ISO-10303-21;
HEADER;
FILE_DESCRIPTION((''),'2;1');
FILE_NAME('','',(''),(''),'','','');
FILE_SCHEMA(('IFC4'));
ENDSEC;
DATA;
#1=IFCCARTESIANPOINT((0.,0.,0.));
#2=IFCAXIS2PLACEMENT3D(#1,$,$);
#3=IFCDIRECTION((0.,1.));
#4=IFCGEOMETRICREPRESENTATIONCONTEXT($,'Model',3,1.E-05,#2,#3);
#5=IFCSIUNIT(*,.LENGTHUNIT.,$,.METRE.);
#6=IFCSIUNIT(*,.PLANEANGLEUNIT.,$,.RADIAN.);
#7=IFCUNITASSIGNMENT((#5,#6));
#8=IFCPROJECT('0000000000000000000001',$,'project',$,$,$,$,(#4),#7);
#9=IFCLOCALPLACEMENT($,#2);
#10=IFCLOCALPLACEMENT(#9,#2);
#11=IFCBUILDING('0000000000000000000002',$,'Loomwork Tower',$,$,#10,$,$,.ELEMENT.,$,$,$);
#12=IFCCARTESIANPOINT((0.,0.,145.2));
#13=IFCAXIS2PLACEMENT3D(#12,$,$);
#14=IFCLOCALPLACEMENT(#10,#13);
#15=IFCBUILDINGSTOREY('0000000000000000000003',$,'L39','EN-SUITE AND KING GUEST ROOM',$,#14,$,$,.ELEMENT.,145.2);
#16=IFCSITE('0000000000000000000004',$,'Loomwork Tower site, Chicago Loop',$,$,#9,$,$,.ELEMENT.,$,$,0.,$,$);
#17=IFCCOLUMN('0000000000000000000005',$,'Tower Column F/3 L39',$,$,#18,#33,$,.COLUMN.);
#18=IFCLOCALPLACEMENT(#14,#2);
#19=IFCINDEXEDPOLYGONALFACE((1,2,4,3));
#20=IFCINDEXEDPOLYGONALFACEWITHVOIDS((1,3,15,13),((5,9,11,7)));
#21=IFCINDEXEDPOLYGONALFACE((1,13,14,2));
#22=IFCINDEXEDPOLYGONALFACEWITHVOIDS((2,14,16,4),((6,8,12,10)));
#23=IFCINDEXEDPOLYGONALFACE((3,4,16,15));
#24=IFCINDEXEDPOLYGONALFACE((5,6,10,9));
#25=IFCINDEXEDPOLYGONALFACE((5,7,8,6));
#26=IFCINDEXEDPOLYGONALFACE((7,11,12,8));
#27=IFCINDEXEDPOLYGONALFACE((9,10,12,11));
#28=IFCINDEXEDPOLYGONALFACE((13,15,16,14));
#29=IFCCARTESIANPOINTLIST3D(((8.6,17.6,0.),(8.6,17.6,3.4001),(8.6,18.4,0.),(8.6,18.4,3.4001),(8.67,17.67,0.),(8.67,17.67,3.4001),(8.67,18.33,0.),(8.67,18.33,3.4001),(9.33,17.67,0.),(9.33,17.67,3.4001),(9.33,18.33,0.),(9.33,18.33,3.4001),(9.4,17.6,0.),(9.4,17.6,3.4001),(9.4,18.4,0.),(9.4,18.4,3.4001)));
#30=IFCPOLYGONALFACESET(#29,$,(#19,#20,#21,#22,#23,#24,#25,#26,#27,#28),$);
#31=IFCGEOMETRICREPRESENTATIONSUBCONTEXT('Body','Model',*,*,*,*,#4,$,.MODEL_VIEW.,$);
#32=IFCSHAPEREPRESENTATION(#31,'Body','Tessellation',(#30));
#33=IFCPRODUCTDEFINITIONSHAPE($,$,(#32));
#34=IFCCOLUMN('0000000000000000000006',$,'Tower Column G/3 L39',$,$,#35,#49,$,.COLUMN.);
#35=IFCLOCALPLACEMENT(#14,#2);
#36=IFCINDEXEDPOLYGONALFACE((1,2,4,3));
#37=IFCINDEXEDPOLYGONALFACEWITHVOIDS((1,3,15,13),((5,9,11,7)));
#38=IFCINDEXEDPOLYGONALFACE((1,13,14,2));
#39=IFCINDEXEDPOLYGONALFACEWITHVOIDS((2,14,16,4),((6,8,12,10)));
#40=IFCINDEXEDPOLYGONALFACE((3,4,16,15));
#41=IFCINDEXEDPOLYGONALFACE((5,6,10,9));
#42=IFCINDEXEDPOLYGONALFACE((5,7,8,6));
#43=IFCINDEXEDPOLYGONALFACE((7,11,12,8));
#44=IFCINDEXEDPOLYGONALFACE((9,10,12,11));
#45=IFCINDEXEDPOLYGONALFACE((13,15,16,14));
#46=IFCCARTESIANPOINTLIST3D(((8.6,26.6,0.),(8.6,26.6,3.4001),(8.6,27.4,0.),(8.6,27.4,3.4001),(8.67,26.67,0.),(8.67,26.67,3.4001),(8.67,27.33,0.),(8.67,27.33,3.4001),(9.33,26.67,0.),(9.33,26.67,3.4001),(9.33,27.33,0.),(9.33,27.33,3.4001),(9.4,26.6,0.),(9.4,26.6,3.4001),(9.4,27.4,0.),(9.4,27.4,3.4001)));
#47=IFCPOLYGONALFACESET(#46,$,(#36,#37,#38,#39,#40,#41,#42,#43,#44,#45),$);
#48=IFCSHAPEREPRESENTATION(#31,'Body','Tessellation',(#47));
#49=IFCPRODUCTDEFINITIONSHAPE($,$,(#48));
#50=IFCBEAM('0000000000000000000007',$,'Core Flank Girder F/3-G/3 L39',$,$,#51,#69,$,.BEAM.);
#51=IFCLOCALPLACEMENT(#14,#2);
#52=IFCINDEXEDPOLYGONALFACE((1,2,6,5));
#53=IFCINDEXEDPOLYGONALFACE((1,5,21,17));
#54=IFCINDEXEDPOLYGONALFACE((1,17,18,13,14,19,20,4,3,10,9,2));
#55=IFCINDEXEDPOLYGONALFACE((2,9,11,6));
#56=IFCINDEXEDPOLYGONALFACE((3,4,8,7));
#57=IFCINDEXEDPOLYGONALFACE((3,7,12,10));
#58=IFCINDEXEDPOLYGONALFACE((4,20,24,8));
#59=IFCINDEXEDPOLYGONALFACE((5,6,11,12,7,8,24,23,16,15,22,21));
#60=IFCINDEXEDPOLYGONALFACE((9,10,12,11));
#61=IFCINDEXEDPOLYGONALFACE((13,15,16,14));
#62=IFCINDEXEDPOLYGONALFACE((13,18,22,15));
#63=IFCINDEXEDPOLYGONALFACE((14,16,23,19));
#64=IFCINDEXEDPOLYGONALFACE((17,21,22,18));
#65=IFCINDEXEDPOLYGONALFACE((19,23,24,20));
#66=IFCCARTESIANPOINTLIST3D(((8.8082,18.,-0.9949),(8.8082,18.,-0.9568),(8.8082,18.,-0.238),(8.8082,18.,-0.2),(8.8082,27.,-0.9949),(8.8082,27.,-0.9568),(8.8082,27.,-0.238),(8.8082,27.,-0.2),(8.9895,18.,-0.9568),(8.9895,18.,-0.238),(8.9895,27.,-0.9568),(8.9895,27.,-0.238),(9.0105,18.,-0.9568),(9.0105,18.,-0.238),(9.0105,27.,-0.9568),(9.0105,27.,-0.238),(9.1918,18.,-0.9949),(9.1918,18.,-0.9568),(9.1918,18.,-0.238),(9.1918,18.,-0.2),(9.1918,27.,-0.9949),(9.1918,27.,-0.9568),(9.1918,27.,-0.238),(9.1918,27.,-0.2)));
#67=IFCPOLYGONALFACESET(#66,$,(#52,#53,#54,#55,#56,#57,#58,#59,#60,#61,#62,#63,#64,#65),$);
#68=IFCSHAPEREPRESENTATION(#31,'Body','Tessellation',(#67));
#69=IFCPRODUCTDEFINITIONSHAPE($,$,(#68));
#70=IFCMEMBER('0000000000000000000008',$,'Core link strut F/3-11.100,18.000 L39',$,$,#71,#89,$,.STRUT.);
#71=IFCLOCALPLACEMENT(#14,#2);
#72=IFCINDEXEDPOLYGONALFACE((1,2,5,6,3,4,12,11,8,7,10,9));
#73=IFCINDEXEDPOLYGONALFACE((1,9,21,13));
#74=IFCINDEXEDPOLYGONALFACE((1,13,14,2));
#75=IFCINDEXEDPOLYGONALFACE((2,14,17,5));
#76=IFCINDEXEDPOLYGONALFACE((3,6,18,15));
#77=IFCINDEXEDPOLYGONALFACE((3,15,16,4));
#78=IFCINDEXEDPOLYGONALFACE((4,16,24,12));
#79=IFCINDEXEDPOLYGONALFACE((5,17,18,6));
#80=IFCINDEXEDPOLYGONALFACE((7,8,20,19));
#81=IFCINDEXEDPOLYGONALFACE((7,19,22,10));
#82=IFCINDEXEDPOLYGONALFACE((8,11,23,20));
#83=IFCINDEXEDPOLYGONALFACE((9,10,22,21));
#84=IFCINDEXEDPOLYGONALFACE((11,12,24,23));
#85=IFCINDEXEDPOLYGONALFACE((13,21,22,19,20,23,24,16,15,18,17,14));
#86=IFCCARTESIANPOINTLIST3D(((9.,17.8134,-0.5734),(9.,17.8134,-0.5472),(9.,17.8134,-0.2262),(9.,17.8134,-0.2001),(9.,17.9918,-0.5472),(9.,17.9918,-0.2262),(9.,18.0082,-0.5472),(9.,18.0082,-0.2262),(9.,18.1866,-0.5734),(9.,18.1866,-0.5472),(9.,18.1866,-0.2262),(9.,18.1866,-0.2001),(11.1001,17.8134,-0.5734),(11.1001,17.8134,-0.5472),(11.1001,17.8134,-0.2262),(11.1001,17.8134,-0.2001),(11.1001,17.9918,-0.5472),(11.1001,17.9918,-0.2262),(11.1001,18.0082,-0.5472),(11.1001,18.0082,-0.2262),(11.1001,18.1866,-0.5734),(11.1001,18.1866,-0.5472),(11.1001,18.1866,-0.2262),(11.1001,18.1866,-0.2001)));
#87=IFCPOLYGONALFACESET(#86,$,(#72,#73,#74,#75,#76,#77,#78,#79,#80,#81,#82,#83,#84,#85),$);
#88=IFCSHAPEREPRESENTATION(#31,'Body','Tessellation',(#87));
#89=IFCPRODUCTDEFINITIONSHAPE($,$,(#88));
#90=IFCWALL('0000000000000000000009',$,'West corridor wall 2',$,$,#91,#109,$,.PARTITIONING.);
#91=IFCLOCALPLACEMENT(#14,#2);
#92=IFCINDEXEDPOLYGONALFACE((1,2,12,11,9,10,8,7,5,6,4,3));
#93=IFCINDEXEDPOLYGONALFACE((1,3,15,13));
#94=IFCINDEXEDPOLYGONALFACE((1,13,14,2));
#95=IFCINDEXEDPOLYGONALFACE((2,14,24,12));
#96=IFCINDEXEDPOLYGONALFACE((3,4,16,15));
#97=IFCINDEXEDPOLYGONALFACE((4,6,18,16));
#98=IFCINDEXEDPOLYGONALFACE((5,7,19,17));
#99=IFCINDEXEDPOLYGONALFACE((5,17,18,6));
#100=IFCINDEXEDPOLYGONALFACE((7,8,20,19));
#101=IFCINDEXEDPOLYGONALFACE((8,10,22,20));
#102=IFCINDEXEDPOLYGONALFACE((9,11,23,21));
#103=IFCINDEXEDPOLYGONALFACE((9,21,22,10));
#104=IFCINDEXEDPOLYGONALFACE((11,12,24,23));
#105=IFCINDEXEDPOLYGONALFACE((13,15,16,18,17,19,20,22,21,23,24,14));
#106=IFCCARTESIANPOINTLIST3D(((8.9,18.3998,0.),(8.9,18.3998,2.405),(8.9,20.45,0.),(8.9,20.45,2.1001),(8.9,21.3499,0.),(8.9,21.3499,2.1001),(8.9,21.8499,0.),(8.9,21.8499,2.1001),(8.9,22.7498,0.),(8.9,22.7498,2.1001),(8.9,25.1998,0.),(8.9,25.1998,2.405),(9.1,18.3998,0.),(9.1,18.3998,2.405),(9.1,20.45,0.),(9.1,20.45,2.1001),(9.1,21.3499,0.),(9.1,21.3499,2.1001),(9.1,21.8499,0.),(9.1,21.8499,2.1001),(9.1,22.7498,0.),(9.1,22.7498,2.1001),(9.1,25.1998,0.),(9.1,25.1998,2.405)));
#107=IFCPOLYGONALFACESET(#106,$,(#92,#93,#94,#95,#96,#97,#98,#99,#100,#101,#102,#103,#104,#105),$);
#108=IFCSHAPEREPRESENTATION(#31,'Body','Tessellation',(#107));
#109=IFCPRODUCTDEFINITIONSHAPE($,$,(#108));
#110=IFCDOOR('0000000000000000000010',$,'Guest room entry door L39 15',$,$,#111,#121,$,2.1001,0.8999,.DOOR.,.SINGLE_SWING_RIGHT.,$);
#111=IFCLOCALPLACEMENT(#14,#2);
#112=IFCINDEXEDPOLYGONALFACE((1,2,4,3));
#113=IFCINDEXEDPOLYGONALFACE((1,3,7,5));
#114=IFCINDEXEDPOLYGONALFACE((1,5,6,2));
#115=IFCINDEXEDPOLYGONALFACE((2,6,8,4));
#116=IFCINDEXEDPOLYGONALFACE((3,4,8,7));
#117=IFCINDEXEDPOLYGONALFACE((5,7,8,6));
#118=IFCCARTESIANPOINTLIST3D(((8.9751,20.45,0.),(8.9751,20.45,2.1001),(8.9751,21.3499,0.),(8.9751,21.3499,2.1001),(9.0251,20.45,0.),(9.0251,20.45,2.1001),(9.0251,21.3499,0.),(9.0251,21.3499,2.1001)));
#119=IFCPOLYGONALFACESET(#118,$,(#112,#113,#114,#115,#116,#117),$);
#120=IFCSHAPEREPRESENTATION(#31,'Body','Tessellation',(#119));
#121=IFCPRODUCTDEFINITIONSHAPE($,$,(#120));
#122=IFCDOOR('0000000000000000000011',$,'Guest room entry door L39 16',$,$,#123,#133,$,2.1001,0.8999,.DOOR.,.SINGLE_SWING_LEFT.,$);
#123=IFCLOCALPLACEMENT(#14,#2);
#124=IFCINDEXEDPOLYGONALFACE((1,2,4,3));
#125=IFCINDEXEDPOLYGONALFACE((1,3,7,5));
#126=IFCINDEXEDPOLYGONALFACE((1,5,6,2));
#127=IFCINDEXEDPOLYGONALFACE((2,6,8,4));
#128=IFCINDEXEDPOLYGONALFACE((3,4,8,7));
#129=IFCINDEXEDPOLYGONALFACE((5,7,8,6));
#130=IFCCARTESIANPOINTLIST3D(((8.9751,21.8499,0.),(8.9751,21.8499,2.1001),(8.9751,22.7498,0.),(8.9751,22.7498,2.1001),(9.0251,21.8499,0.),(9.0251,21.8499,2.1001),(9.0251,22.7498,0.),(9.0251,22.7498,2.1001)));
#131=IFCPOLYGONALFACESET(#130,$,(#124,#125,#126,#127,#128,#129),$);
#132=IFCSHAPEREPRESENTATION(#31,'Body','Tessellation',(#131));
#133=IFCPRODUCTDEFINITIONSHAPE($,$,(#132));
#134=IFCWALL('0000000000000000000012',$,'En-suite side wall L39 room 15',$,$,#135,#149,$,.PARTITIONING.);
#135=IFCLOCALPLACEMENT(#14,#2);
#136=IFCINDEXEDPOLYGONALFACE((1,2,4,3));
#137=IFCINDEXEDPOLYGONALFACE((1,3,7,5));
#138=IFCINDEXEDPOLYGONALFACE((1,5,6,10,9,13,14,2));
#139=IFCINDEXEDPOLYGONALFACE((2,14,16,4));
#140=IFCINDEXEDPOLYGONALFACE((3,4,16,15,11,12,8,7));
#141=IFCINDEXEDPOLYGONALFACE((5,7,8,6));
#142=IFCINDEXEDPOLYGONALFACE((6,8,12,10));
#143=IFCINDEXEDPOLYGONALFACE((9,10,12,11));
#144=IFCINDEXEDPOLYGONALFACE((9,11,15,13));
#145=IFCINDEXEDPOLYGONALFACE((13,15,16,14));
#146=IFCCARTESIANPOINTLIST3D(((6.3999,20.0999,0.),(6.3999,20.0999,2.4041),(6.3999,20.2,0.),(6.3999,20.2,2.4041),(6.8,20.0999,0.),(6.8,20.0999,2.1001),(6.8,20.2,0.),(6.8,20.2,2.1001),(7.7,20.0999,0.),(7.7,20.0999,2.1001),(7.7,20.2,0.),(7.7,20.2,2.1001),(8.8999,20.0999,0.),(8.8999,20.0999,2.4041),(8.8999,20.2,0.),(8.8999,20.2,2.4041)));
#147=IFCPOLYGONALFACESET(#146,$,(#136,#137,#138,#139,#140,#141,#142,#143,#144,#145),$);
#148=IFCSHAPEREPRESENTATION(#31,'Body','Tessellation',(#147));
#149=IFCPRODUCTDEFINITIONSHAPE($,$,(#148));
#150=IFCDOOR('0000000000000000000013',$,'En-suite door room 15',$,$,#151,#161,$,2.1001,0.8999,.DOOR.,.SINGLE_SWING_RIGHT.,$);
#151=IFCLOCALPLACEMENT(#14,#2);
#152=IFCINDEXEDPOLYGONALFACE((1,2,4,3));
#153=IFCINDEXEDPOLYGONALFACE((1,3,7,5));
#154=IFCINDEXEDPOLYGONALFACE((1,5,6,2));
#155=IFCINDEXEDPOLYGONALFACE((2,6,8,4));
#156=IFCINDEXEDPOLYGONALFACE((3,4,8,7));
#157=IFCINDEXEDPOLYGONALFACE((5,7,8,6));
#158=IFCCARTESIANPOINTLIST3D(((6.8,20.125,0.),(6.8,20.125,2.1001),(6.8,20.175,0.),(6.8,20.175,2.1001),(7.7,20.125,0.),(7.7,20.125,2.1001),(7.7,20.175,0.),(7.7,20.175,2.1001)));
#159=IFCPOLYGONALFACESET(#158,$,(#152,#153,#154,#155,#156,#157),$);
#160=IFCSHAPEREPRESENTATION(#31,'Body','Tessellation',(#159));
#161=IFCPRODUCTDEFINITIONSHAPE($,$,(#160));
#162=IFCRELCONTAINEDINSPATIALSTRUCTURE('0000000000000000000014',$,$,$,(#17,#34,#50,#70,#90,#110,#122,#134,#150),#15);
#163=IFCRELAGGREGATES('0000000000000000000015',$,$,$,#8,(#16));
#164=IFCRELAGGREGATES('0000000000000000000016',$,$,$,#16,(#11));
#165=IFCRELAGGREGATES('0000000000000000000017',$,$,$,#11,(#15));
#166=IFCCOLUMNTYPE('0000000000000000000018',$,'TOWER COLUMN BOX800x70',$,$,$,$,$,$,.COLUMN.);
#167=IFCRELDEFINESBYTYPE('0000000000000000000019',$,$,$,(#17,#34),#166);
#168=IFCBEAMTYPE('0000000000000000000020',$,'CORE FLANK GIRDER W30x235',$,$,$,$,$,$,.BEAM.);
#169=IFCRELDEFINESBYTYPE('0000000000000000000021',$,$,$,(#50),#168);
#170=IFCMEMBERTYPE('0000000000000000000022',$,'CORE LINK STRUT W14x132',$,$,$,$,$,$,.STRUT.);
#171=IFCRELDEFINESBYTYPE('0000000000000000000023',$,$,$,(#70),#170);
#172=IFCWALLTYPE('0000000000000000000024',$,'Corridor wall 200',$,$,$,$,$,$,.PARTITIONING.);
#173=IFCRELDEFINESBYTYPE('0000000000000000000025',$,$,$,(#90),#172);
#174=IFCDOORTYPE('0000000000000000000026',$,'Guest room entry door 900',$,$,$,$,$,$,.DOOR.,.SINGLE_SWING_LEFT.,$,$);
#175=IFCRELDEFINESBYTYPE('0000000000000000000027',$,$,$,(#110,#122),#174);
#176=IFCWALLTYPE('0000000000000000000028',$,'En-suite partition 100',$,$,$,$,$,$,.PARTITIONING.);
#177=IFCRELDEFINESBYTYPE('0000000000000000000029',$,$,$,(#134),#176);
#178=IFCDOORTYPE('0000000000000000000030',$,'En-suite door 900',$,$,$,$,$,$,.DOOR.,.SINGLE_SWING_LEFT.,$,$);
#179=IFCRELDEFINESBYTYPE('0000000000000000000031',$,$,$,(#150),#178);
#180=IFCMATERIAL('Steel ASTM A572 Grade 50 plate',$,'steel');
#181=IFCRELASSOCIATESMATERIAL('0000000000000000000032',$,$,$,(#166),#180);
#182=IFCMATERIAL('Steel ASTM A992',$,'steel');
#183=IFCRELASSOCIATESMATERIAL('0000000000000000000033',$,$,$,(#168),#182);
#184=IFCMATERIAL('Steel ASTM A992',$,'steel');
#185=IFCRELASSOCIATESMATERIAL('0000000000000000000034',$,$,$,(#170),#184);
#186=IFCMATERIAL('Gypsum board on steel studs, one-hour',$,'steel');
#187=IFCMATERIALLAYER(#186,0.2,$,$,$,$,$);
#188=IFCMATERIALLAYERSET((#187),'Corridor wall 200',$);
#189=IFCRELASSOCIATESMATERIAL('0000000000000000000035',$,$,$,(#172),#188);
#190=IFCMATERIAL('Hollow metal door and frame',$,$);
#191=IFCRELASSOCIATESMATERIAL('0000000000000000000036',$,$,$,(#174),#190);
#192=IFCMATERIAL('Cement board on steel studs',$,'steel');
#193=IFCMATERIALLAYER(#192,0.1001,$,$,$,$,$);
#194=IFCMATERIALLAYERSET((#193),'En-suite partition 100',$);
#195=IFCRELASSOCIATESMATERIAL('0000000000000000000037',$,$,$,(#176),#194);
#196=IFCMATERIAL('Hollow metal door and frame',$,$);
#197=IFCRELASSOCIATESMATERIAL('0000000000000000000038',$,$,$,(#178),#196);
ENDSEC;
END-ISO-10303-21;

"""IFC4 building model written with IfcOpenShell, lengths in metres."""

from ifc_helpers import new_model, si_unit, direction, frame, frame_2d, origin, origin_2d, place, context, subcontext, project, spatial, rectangle, hollow_rectangle, i_section, extrude, material, layer, layer_set, material_profile, profile_set, type_object, element, fill, save


model = new_model("IFC4")

# Units and contexts
model_context = context("Model", 3, precision=1e-05, world=origin(), true_north=direction((0.0, 1.0)))
body_context = subcontext(model_context, "Body", "Model", "MODEL_VIEW")
ifc_project = project(units=[si_unit("LENGTHUNIT", "METRE"), si_unit("PLANEANGLEUNIT", "RADIAN")], contexts=[model_context])

# Site, building, storey
site_placement = place(None, origin())
site = spatial("IfcSite", under=ifc_project, at=site_placement, Name="Loomwork Tower site, Chicago Loop", CompositionType="ELEMENT", RefElevation=0.0)
building_placement = place(site_placement, origin())
building = spatial("IfcBuilding", under=site, at=building_placement, Name="Loomwork Tower", CompositionType="ELEMENT")
storey_placement = place(building_placement, frame((0.0, 0.0, 145.2)))
storey = spatial("IfcBuildingStorey", under=building, at=storey_placement, Name="L39", Description="EN-SUITE AND KING GUEST ROOM", CompositionType="ELEMENT", Elevation=145.2)

# Columns
ifc_material_1 = material(Name="Steel ASTM A572 Grade 50 plate", Category="steel")
ifc_material_profile_1 = material_profile(ifc_material_1, hollow_rectangle(XDim=0.8, YDim=0.8, WallThickness=0.0701, at=origin_2d()), Name="BOX800x70")
ifc_profile_set_1 = profile_set([ifc_material_profile_1], Name="Steel ASTM A572 Grade 50 plate")
column_type = type_object("IfcColumnType", Name="TOWER COLUMN BOX800x70", PredefinedType="COLUMN", material=ifc_profile_set_1)
for number, where, z_axis, x_axis, name in (
    (1, (9.0, 18.0, 0.0), (0.0, 0.0, 1.0), (1.0, 0.0, 0.0), "Tower Column F/3 L39"),
    (2, (9.0, 27.0, 0.0), (0.0, 0.0, 1.0), (1.0, 0.0, 0.0), "Tower Column G/3 L39"),
):
    element("IfcColumn", number, at=place(storey_placement, frame(where, z_axis=z_axis, x_axis=x_axis)), inside=storey, type_object=column_type, Name=name, PredefinedType="COLUMN", context=body_context, shape_type="SweptSolid", body=[
        extrude(hollow_rectangle(XDim=0.8, YDim=0.8, WallThickness=0.0701, at=origin_2d()), origin(), (0.0, 0.0, 1.0), 3.4001),
    ])

# Beam
ifc_material_2 = material(Name="Steel ASTM A992", Category="steel")
ifc_material_profile_2 = material_profile(ifc_material_2, i_section(OverallWidth=0.3835, OverallDepth=0.7949, WebThickness=0.021, FlangeThickness=0.0381, at=origin_2d()), Name="W30x235")
ifc_profile_set_2 = profile_set([ifc_material_profile_2], Name="Steel ASTM A992")
beam_type = type_object("IfcBeamType", Name="CORE FLANK GIRDER W30x235", PredefinedType="BEAM", material=ifc_profile_set_2)
beam_placement = place(storey_placement, frame((9.0, 18.0, -0.5974), z_axis=(0.0, 1.0, 0.0), x_axis=(-1.0, 0.0, 0.0)))
element("IfcBeam", 3, at=beam_placement, inside=storey, type_object=beam_type, Name="Core Flank Girder F/3-G/3 L39", PredefinedType="BEAM", context=body_context, shape_type="SweptSolid", body=[
    extrude(i_section(OverallWidth=0.3835, OverallDepth=0.7949, WebThickness=0.021, FlangeThickness=0.0381, at=origin_2d()), origin(), (0.0, 0.0, 1.0), 9.0),
])

# Member
ifc_material_3 = material(Name="Steel ASTM A992", Category="steel")
ifc_material_profile_3 = material_profile(ifc_material_3, i_section(OverallWidth=0.3733, OverallDepth=0.3733, WebThickness=0.0164, FlangeThickness=0.0261, at=origin_2d()), Name="W14x132")
ifc_profile_set_3 = profile_set([ifc_material_profile_3], Name="Steel ASTM A992")
member_type = type_object("IfcMemberType", Name="CORE LINK STRUT W14x132", PredefinedType="STRUT", material=ifc_profile_set_3)
member_placement = place(storey_placement, frame((9.0, 18.0, -0.3867), z_axis=(1.0, 0.0, 0.0), x_axis=(0.0, 1.0, 0.0)))
element("IfcMember", 4, at=member_placement, inside=storey, type_object=member_type, Name="Core link strut F/3-11.100,18.000 L39", PredefinedType="STRUT", context=body_context, shape_type="SweptSolid", body=[
    extrude(i_section(OverallWidth=0.3733, OverallDepth=0.3733, WebThickness=0.0164, FlangeThickness=0.0261, at=origin_2d()), origin(), (0.0, 0.0, 1.0), 2.1001),
])

# Wall, openings, doors
ifc_material_4 = material(Name="Gypsum board on steel studs, one-hour", Category="steel")
ifc_layer_1 = layer(ifc_material_4, 0.2)
ifc_layer_set_1 = layer_set([ifc_layer_1], Name="Corridor wall 200")
wall_type_1 = type_object("IfcWallType", Name="Corridor wall 200", PredefinedType="PARTITIONING", material=ifc_layer_set_1)
wall_1_placement = place(storey_placement, frame((9.0, 18.3999, 0.0), z_axis=(0.0, 0.0, 1.0), x_axis=(0.0, 1.0, 0.0)))
wall_1 = element("IfcWall", 5, at=wall_1_placement, inside=storey, type_object=wall_type_1, Name="West corridor wall 2", PredefinedType="PARTITIONING", context=body_context, shape_type="SweptSolid", body=[
    extrude(rectangle(XDim=6.8, YDim=0.2, at=frame_2d((3.3999, 0.0))), origin(), (0.0, 0.0, 1.0), 2.405),
])
opening_1_placement = place(wall_1_placement, frame((2.05, 0.0, 0.0)))
opening_1 = element("IfcOpeningElement", 6, at=opening_1_placement, cuts=wall_1, PredefinedType="OPENING", context=body_context, shape_type="SweptSolid", body=[
    extrude(rectangle(XDim=0.8999, YDim=2.1001, at=frame_2d((0.45, 1.05))), frame((0.0, 0.1099, 0.0), z_axis=(0.0, -1.0, 0.0), x_axis=(1.0, 0.0, 0.0)), (0.0, 0.0, 1.0), 0.22),
])
opening_2_placement = place(wall_1_placement, frame((3.45, 0.0, 0.0)))
opening_2 = element("IfcOpeningElement", 7, at=opening_2_placement, cuts=wall_1, PredefinedType="OPENING", context=body_context, shape_type="SweptSolid", body=[
    extrude(rectangle(XDim=0.8999, YDim=2.1001, at=frame_2d((0.45, 1.05))), frame((0.0, 0.1099, 0.0), z_axis=(0.0, -1.0, 0.0), x_axis=(1.0, 0.0, 0.0)), (0.0, 0.0, 1.0), 0.22),
])
ifc_material_5 = material(Name="Hollow metal door and frame")
door_type_1 = type_object("IfcDoorType", Name="Guest room entry door 900", OperationType="SINGLE_SWING_LEFT", PredefinedType="DOOR", material=ifc_material_5)
door_1_placement = place(opening_1_placement, origin())
door_1 = element("IfcDoor", 8, at=door_1_placement, inside=storey, type_object=door_type_1, Name="Guest room entry door L39 15", OperationType="SINGLE_SWING_RIGHT", OverallHeight=2.1001, OverallWidth=0.8999, PredefinedType="DOOR", context=body_context, shape_type="SweptSolid", body=[
    extrude(rectangle(XDim=0.8999, YDim=2.1001, at=frame_2d((0.45, 1.05))), frame((0.0, 0.0249, 0.0), z_axis=(0.0, -1.0, 0.0), x_axis=(1.0, 0.0, 0.0)), (0.0, 0.0, 1.0), 0.05),
])
fill(opening_1, door_1)
door_2_placement = place(opening_2_placement, origin())
door_2 = element("IfcDoor", 9, at=door_2_placement, inside=storey, type_object=door_type_1, Name="Guest room entry door L39 16", OperationType="SINGLE_SWING_LEFT", OverallHeight=2.1001, OverallWidth=0.8999, PredefinedType="DOOR", context=body_context, shape_type="SweptSolid", body=[
    extrude(rectangle(XDim=0.8999, YDim=2.1001, at=frame_2d((0.45, 1.05))), frame((0.0, 0.0249, 0.0), z_axis=(0.0, -1.0, 0.0), x_axis=(1.0, 0.0, 0.0)), (0.0, 0.0, 1.0), 0.05),
])
fill(opening_2, door_2)

# Wall, opening, door
ifc_material_6 = material(Name="Cement board on steel studs", Category="steel")
ifc_layer_2 = layer(ifc_material_6, 0.1001)
ifc_layer_set_2 = layer_set([ifc_layer_2], Name="En-suite partition 100")
wall_type_2 = type_object("IfcWallType", Name="En-suite partition 100", PredefinedType="PARTITIONING", material=ifc_layer_set_2)
wall_2_placement = place(storey_placement, frame((8.8999, 20.1499, 0.0), z_axis=(0.0, 0.0, 1.0), x_axis=(-1.0, 0.0, 0.0)))
wall_2 = element("IfcWall", 10, at=wall_2_placement, inside=storey, type_object=wall_type_2, Name="En-suite side wall L39 room 15", PredefinedType="PARTITIONING", context=body_context, shape_type="SweptSolid", body=[
    extrude(rectangle(XDim=2.5, YDim=0.1001, at=frame_2d((1.25, 0.0))), origin(), (0.0, 0.0, 1.0), 2.4041),
])
opening_3_placement = place(wall_2_placement, frame((1.2, 0.0, 0.0)))
opening_3 = element("IfcOpeningElement", 11, at=opening_3_placement, cuts=wall_2, PredefinedType="OPENING", context=body_context, shape_type="SweptSolid", body=[
    extrude(rectangle(XDim=0.8999, YDim=2.1001, at=frame_2d((0.45, 1.05))), frame((0.0, 0.0601, 0.0), z_axis=(0.0, -1.0, 0.0), x_axis=(1.0, 0.0, 0.0)), (0.0, 0.0, 1.0), 0.1201),
])
ifc_material_7 = material(Name="Hollow metal door and frame")
door_type_2 = type_object("IfcDoorType", Name="En-suite door 900", OperationType="SINGLE_SWING_LEFT", PredefinedType="DOOR", material=ifc_material_7)
door_3_placement = place(opening_3_placement, origin())
door_3 = element("IfcDoor", 12, at=door_3_placement, inside=storey, type_object=door_type_2, Name="En-suite door room 15", OperationType="SINGLE_SWING_RIGHT", OverallHeight=2.1001, OverallWidth=0.8999, PredefinedType="DOOR", context=body_context, shape_type="SweptSolid", body=[
    extrude(rectangle(XDim=0.8999, YDim=2.1001, at=frame_2d((0.45, 1.05))), frame((0.0, 0.0249, 0.0), z_axis=(0.0, -1.0, 0.0), x_axis=(1.0, 0.0, 0.0)), (0.0, 0.0, 1.0), 0.05),
])
fill(opening_3, door_3)

save(model, "model.ifc")
